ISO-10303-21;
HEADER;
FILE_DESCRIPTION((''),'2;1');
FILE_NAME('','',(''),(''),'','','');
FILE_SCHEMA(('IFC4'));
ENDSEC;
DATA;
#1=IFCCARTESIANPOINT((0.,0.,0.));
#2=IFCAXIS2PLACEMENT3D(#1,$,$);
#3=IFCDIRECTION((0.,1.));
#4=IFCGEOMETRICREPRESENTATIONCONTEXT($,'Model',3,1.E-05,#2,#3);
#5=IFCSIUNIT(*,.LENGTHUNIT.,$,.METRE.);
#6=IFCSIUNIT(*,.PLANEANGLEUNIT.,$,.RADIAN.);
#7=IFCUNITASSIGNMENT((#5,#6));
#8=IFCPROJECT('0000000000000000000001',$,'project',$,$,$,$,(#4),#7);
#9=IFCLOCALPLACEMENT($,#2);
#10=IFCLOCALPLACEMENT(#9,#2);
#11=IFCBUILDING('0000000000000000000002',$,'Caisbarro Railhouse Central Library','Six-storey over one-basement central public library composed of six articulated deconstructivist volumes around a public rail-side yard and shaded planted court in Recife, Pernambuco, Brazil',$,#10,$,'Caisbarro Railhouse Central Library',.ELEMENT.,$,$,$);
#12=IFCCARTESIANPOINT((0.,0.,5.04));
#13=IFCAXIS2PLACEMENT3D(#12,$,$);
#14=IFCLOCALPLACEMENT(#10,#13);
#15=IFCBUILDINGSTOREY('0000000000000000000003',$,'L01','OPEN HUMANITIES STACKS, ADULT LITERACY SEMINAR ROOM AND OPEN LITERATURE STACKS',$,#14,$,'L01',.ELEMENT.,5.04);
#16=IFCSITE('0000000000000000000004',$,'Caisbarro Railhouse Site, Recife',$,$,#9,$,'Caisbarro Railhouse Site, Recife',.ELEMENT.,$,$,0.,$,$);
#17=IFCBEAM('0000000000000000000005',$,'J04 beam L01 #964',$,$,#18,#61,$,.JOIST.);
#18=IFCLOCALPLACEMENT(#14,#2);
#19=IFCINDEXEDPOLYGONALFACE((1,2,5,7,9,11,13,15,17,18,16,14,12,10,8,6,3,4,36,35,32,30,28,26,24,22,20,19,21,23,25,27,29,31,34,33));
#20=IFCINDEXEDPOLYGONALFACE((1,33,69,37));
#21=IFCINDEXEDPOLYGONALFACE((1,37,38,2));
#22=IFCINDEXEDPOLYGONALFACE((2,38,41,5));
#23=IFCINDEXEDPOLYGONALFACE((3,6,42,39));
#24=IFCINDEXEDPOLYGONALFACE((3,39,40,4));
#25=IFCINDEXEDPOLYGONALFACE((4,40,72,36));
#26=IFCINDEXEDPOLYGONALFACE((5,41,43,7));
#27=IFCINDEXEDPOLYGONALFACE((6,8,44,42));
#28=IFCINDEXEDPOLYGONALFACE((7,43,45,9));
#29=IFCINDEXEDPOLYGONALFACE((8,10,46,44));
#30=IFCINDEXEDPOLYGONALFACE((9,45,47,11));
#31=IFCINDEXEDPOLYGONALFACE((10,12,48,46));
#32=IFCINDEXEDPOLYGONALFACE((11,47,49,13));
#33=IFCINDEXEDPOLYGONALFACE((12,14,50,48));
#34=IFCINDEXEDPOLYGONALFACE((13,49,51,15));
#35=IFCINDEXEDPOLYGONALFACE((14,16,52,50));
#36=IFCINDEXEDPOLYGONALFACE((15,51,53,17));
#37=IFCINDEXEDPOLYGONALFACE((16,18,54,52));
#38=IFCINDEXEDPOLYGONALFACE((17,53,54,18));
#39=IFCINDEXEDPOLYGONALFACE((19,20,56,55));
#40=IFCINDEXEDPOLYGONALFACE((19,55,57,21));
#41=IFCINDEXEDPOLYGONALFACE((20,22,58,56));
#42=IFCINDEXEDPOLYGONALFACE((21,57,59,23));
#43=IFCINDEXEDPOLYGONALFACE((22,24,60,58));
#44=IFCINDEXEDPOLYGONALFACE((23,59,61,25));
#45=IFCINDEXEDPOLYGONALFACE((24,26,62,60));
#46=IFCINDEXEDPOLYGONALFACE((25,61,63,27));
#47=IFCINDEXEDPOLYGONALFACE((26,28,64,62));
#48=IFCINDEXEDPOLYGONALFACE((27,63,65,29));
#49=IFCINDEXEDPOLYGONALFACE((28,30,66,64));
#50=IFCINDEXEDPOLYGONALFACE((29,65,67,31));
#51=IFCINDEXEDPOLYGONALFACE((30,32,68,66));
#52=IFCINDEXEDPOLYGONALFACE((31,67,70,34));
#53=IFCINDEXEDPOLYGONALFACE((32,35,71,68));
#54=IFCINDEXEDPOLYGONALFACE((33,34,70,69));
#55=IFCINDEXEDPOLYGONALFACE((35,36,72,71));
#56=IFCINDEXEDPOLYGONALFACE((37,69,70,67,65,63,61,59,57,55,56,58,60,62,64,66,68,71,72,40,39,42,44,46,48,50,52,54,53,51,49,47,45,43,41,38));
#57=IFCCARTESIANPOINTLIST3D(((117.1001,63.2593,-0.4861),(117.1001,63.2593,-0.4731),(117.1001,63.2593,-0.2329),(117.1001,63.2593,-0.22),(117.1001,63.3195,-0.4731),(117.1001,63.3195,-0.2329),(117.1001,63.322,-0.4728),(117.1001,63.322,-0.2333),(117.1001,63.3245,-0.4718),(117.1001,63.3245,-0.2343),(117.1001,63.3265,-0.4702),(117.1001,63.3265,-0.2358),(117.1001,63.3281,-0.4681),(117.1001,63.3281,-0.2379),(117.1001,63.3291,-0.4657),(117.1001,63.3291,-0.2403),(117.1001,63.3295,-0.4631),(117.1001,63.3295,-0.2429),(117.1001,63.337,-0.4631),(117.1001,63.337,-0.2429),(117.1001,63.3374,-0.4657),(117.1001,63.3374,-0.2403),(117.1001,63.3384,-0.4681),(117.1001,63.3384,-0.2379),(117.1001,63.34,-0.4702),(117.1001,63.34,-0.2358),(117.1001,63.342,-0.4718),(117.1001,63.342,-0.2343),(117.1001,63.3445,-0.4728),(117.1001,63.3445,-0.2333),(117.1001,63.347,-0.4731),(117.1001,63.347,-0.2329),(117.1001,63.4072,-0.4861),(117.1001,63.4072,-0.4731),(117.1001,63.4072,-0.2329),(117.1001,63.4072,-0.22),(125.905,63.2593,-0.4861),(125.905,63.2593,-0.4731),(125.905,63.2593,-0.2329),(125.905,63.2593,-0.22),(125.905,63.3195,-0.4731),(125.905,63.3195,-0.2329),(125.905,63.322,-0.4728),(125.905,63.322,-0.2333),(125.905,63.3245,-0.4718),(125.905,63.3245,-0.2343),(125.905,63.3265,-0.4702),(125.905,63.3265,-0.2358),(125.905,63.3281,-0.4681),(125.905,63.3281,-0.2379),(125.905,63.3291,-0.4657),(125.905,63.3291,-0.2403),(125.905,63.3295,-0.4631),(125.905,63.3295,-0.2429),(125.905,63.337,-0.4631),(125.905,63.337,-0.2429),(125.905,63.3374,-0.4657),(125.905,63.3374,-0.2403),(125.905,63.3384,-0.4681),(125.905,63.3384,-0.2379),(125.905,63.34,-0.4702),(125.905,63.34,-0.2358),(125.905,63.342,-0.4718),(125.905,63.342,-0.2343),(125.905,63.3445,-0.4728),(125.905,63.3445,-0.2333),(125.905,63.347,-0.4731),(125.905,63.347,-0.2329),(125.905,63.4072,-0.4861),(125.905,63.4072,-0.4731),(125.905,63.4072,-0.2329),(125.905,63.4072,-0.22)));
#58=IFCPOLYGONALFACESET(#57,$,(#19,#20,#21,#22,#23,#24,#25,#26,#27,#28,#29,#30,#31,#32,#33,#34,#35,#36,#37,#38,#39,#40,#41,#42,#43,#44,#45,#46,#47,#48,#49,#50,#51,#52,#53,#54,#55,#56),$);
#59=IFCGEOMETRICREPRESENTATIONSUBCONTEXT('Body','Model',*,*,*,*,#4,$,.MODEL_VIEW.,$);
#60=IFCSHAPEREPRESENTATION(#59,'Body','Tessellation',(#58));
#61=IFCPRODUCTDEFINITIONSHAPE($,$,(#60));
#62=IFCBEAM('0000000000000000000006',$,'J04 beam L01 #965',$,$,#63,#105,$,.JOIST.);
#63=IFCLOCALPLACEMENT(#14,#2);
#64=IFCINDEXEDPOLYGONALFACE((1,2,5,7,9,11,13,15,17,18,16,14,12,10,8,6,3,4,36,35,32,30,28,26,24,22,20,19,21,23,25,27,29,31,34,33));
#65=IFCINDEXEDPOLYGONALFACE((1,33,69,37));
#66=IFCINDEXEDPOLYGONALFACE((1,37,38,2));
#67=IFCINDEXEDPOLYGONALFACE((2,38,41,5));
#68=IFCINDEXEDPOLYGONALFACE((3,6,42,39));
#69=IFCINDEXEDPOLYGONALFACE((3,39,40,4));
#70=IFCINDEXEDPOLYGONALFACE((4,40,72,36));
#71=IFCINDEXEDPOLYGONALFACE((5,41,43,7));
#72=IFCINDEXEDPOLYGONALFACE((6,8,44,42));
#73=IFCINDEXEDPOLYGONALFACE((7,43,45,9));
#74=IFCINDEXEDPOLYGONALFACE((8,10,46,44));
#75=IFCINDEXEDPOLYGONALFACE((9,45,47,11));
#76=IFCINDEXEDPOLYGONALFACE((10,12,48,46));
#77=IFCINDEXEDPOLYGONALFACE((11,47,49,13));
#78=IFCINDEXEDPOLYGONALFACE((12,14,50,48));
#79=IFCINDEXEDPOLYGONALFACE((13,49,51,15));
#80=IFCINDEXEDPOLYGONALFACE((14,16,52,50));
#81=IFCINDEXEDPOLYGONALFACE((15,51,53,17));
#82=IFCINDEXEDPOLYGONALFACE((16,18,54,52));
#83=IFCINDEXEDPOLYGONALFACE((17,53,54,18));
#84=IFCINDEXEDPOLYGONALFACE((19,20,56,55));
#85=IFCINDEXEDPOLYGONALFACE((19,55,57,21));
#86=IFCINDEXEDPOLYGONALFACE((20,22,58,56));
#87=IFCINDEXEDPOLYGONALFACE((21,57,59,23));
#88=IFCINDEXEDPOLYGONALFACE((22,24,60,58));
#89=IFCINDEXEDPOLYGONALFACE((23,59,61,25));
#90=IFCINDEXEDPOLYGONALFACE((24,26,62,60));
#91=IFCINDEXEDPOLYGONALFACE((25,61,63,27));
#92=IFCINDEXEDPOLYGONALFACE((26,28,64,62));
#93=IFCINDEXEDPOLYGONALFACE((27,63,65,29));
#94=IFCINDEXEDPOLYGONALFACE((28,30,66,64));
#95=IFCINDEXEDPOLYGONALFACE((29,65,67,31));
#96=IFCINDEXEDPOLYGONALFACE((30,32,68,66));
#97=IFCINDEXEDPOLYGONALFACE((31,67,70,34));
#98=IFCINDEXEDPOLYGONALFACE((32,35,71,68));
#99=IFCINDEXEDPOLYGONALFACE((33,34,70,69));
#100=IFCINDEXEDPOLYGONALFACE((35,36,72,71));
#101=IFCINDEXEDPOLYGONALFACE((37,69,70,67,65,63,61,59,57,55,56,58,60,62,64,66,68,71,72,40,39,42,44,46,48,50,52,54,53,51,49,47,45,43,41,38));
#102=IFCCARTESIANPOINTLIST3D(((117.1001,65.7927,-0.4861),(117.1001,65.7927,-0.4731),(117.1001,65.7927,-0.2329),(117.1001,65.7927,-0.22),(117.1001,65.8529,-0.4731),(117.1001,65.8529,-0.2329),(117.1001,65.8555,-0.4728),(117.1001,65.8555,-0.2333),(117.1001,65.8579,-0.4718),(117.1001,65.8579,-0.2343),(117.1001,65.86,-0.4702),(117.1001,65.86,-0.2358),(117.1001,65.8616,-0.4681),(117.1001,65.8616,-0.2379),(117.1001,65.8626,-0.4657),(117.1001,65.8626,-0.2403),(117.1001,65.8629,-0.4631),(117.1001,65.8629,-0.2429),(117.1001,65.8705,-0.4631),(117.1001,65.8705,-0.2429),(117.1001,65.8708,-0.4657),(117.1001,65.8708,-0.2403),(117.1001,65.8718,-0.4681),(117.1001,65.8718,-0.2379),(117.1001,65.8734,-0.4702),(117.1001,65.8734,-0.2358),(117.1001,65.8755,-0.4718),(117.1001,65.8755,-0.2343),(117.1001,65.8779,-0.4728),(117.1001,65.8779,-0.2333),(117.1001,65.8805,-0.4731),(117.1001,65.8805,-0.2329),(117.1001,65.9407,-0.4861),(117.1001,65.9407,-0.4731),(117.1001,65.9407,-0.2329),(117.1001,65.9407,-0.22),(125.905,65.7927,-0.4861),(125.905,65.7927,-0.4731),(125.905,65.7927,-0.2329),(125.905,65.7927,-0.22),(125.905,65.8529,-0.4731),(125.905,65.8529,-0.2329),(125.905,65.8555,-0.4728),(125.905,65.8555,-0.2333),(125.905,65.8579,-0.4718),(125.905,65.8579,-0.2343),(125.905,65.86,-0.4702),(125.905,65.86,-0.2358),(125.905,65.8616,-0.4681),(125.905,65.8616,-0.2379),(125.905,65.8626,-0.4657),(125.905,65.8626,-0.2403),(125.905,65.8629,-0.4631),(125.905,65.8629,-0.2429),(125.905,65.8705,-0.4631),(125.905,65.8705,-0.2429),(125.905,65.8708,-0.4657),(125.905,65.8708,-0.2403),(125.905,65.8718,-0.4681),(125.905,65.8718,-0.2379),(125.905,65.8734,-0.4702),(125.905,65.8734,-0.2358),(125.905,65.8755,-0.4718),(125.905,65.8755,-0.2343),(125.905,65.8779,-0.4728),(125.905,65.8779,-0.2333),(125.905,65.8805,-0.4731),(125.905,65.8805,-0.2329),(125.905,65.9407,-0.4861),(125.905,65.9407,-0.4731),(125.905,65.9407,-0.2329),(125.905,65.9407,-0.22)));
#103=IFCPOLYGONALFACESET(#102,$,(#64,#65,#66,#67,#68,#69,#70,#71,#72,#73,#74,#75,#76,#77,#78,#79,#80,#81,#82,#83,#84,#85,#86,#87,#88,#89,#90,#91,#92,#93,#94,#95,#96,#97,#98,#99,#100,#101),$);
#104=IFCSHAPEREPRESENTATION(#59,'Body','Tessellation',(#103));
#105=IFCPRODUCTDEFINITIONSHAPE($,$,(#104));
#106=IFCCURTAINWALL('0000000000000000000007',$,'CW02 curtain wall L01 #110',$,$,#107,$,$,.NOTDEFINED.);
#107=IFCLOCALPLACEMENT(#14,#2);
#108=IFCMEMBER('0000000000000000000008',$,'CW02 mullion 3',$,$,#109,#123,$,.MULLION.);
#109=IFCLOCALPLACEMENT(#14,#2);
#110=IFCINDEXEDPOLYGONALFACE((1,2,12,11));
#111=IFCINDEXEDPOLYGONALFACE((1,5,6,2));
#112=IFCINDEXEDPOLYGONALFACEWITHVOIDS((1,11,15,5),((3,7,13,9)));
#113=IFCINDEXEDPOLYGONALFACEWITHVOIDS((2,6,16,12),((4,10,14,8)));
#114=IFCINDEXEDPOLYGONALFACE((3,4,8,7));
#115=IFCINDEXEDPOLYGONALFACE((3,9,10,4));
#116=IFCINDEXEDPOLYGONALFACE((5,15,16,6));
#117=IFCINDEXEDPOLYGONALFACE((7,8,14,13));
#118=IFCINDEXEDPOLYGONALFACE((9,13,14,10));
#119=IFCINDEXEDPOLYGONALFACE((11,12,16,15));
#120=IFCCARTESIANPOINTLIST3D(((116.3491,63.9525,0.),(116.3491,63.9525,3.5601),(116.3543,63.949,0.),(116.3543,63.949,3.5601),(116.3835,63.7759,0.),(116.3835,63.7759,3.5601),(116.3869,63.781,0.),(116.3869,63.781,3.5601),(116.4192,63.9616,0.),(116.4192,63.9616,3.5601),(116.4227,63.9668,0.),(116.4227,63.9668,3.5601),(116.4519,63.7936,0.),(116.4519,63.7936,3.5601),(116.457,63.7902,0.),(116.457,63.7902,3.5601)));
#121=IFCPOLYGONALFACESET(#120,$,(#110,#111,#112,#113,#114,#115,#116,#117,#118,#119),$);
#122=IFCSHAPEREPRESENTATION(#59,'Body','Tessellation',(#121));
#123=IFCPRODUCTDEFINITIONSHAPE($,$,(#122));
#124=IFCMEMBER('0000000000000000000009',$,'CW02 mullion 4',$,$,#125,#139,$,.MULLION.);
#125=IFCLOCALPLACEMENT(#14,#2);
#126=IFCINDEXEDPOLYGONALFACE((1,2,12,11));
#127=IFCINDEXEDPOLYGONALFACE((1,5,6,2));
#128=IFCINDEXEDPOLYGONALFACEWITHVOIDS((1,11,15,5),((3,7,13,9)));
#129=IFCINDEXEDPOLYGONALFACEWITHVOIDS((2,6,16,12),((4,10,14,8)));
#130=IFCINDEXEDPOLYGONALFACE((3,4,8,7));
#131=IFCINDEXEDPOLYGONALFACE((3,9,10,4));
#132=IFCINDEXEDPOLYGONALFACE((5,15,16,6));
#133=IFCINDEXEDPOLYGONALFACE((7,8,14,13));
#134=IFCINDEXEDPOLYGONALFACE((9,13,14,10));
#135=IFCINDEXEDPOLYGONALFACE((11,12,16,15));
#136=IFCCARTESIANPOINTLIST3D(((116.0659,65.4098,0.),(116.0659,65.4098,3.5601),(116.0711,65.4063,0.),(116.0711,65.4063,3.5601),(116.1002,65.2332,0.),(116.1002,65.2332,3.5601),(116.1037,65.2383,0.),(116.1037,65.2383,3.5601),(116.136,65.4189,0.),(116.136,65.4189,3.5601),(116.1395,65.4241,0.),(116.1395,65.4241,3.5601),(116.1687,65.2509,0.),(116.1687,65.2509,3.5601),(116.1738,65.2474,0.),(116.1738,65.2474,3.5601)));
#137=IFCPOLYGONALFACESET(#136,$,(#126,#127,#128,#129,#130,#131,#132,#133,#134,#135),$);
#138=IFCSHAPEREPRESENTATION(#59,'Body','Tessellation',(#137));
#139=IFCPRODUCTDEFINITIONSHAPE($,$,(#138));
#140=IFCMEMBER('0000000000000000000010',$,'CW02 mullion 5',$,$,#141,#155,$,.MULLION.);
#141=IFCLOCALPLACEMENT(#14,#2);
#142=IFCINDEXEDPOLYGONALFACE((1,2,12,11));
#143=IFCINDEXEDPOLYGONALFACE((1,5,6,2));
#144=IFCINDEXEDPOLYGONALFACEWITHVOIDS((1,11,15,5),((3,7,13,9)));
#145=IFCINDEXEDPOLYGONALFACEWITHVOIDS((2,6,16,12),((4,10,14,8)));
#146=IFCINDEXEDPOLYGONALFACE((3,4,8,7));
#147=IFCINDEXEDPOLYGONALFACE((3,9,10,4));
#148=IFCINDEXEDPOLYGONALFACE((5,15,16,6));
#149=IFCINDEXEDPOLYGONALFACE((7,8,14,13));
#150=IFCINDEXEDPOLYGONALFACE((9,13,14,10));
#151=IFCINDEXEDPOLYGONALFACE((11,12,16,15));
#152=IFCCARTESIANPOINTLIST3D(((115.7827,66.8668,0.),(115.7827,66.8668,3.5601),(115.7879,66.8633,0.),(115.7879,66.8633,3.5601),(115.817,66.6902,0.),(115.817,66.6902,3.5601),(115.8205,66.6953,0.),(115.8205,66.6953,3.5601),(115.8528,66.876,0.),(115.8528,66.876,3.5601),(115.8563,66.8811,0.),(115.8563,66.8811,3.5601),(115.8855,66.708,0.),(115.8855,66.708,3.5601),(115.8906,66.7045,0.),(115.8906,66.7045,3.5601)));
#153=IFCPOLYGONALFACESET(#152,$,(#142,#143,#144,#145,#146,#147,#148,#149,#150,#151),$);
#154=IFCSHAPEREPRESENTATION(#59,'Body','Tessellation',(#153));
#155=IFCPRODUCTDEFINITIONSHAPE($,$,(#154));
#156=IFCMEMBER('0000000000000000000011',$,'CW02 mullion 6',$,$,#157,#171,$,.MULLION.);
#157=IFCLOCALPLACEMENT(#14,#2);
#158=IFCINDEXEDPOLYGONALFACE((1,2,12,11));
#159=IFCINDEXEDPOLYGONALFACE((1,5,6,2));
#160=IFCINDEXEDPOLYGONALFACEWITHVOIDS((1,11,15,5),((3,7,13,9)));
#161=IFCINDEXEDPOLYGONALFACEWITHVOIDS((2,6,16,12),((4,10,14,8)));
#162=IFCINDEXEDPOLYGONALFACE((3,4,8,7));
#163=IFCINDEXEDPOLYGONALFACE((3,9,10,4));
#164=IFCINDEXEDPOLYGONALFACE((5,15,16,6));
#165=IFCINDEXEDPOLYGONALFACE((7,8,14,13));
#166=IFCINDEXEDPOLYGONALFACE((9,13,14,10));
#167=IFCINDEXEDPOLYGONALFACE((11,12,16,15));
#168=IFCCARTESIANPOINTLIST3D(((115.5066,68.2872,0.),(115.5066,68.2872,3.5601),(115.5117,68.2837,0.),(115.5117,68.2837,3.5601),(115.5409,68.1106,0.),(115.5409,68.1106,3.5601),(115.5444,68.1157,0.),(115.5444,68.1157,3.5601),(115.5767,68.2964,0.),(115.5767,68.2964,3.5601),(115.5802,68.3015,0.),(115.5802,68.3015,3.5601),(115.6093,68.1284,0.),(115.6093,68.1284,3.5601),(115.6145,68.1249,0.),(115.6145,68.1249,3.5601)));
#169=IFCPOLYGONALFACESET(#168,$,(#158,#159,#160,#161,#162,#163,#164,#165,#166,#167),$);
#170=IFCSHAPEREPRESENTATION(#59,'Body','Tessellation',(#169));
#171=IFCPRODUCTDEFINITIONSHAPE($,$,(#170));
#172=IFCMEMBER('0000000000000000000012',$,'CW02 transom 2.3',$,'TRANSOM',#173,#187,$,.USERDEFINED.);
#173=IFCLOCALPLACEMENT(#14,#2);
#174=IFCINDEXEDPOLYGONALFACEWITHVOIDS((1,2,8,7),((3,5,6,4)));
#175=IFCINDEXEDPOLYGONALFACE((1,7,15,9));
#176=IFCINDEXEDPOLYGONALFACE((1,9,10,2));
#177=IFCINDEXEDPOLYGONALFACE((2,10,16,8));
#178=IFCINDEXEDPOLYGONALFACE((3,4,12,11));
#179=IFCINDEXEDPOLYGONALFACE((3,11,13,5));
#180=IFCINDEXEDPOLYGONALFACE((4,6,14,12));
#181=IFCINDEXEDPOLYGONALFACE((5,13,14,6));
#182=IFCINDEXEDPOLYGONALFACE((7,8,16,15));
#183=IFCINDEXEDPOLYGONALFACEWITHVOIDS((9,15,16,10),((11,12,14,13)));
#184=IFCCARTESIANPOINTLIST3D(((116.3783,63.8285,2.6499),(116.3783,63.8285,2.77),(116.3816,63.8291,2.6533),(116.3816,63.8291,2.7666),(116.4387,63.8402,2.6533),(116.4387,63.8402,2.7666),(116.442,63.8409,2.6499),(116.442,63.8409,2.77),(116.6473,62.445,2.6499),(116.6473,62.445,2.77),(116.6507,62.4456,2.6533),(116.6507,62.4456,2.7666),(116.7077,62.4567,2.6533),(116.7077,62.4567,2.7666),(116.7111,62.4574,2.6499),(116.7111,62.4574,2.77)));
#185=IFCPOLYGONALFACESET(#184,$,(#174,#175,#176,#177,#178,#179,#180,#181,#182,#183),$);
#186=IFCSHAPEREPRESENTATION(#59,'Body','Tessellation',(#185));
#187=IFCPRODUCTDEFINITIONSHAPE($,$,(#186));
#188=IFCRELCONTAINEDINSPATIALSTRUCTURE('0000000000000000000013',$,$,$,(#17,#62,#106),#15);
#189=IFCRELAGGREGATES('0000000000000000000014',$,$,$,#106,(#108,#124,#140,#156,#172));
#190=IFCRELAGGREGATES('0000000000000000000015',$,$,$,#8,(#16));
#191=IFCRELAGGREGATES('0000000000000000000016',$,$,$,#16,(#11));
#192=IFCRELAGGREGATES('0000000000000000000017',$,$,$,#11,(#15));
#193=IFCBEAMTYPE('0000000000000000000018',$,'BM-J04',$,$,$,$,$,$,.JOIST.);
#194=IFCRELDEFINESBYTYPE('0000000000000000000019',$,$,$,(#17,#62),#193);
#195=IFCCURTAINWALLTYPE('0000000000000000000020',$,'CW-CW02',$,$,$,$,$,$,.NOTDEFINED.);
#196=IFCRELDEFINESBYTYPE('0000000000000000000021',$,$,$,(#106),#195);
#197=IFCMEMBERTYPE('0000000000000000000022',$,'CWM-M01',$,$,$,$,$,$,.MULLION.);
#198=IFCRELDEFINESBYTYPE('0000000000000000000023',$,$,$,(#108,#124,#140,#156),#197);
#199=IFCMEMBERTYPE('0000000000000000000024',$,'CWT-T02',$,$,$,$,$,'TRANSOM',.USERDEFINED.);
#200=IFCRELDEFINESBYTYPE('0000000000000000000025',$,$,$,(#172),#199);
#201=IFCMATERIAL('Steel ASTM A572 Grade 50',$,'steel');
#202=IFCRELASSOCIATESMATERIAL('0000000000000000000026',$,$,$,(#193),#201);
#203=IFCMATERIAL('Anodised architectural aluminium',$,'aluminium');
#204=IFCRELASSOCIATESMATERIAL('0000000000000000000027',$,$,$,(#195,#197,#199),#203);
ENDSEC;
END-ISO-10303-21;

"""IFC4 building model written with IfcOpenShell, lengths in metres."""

from ifc_helpers import new_model, si_unit, direction, frame, origin, origin_2d, place, context, subcontext, project, spatial, hollow_rectangle, i_section, extrude, material, material_profile, profile_set, type_object, element, aggregate, save


model = new_model("IFC4")

# Units and contexts
model_context = context("Model", 3, precision=1e-05, world=origin(), true_north=direction((0.0, 1.0)))
body_context = subcontext(model_context, "Body", "Model", "MODEL_VIEW")
ifc_project = project(units=[si_unit("LENGTHUNIT", "METRE"), si_unit("PLANEANGLEUNIT", "RADIAN")], contexts=[model_context])

# Site, building, storey
site_placement = place(None, origin())
site = spatial("IfcSite", under=ifc_project, at=site_placement, Name="Caisbarro Railhouse Site, Recife", LongName="Caisbarro Railhouse Site, Recife", CompositionType="ELEMENT", RefElevation=0.0)
building_placement = place(site_placement, origin())
building = spatial("IfcBuilding", under=site, at=building_placement, Name="Caisbarro Railhouse Central Library", Description="Six-storey over one-basement central public library composed of six articulated deconstructivist volumes around a public rail-side yard and shaded planted court in Recife, Pernambuco, Brazil", LongName="Caisbarro Railhouse Central Library", CompositionType="ELEMENT")
storey_placement = place(building_placement, frame((0.0, 0.0, 5.04)))
storey = spatial("IfcBuildingStorey", under=building, at=storey_placement, Name="L01", Description="OPEN HUMANITIES STACKS, ADULT LITERACY SEMINAR ROOM AND OPEN LITERATURE STACKS", LongName="L01", CompositionType="ELEMENT", Elevation=5.04)

# Beams
ifc_material_1 = material(Name="Steel ASTM A572 Grade 50", Category="steel")
ifc_material_profile_1 = material_profile(ifc_material_1, i_section(OverallWidth=0.1479, OverallDepth=0.2661, WebThickness=0.0076, FlangeThickness=0.0129, FilletRadius=0.01, at=origin_2d()), Name="W250X44.8")
ifc_profile_set_1 = profile_set([ifc_material_profile_1], Name="Steel ASTM A572 Grade 50")
beam_type = type_object("IfcBeamType", Name="BM-J04", PredefinedType="JOIST", material=ifc_profile_set_1)
for number, where, z_axis, x_axis, name in (
    (1, (117.1001, 63.3333, -0.353), (1.0, 0.0, 0.0), (0.0, 1.0, 0.0), "J04 beam L01 #964"),
    (2, (117.1001, 65.8667, -0.353), (1.0, 0.0, 0.0), (0.0, 1.0, 0.0), "J04 beam L01 #965"),
):
    element("IfcBeam", number, at=place(storey_placement, frame(where, z_axis=z_axis, x_axis=x_axis)), inside=storey, type_object=beam_type, Name=name, PredefinedType="JOIST", context=body_context, shape_type="SweptSolid", body=[
        extrude(i_section(OverallWidth=0.1479, OverallDepth=0.2661, WebThickness=0.0076, FlangeThickness=0.0129, FilletRadius=0.01, at=origin_2d()), origin(), (0.0, 0.0, 1.0), 8.8049),
    ])

# Curtain wall, members
ifc_material_2 = material(Name="Anodised architectural aluminium", Category="aluminium")
curtain_wall_type = type_object("IfcCurtainWallType", Name="CW-CW02", PredefinedType="NOTDEFINED", material=ifc_material_2)
curtain_wall_placement = place(storey_placement, origin())
curtain_wall = element("IfcCurtainWall", 3, at=curtain_wall_placement, inside=storey, type_object=curtain_wall_type, Name="CW02 curtain wall L01 #110", PredefinedType="NOTDEFINED")
ifc_material_profile_2 = material_profile(ifc_material_2, hollow_rectangle(XDim=0.075, YDim=0.1799, WallThickness=0.0044, at=origin_2d()), Name="ALU-MUL-75X180")
ifc_profile_set_2 = profile_set([ifc_material_profile_2], Name="Anodised architectural aluminium")
member_type_1 = type_object("IfcMemberType", Name="CWM-M01", PredefinedType="MULLION", material=ifc_profile_set_2)
member_1_placement = place(storey_placement, frame((116.4031, 63.8713, 0.0), z_axis=(0.0, 0.0, 1.0), x_axis=(-0.981633, -0.190781, 0.0)))
member_1 = element("IfcMember", 4, at=member_1_placement, type_object=member_type_1, Name="CW02 mullion 3", PredefinedType="MULLION", context=body_context, shape_type="SweptSolid", body=[
    extrude(hollow_rectangle(XDim=0.075, YDim=0.1799, WallThickness=0.0044, at=origin_2d()), origin(), (0.0, 0.0, 1.0), 3.5601),
])
member_2_placement = place(storey_placement, frame((116.1199, 65.3286, 0.0), z_axis=(0.0, 0.0, 1.0), x_axis=(-0.981633, -0.190781, 0.0)))
member_2 = element("IfcMember", 5, at=member_2_placement, type_object=member_type_1, Name="CW02 mullion 4", PredefinedType="MULLION", context=body_context, shape_type="SweptSolid", body=[
    extrude(hollow_rectangle(XDim=0.075, YDim=0.1799, WallThickness=0.0044, at=origin_2d()), origin(), (0.0, 0.0, 1.0), 3.5601),
])
member_3_placement = place(storey_placement, frame((115.8367, 66.7856, 0.0), z_axis=(0.0, 0.0, 1.0), x_axis=(-0.981633, -0.190781, 0.0)))
member_3 = element("IfcMember", 6, at=member_3_placement, type_object=member_type_1, Name="CW02 mullion 5", PredefinedType="MULLION", context=body_context, shape_type="SweptSolid", body=[
    extrude(hollow_rectangle(XDim=0.075, YDim=0.1799, WallThickness=0.0044, at=origin_2d()), origin(), (0.0, 0.0, 1.0), 3.5601),
])
member_4_placement = place(storey_placement, frame((115.5605, 68.2061, 0.0), z_axis=(0.0, 0.0, 1.0), x_axis=(-0.981633, -0.190781, 0.0)))
member_4 = element("IfcMember", 7, at=member_4_placement, type_object=member_type_1, Name="CW02 mullion 6", PredefinedType="MULLION", context=body_context, shape_type="SweptSolid", body=[
    extrude(hollow_rectangle(XDim=0.075, YDim=0.1799, WallThickness=0.0044, at=origin_2d()), origin(), (0.0, 0.0, 1.0), 3.5601),
])
ifc_material_profile_3 = material_profile(ifc_material_2, hollow_rectangle(XDim=0.0649, YDim=0.1201, WallThickness=0.0034, at=origin_2d()), Name="ALU-TRN-65X120")
ifc_profile_set_3 = profile_set([ifc_material_profile_3], Name="Anodised architectural aluminium")
member_type_2 = type_object("IfcMemberType", Name="CWT-T02", ElementType="TRANSOM", PredefinedType="USERDEFINED", material=ifc_profile_set_3)
member_5_placement = place(storey_placement, frame((116.6792, 62.4512, 2.71), z_axis=(-0.190884, 0.981613, 0.0), x_axis=(-0.981613, -0.190884, 0.0)))
member_5 = element("IfcMember", 8, at=member_5_placement, type_object=member_type_2, Name="CW02 transom 2.3", ObjectType="TRANSOM", PredefinedType="USERDEFINED", context=body_context, shape_type="SweptSolid", body=[
    extrude(hollow_rectangle(XDim=0.0649, YDim=0.1201, WallThickness=0.0034, at=origin_2d()), origin(), (0.0, 0.0, 1.0), 1.4094),
])
aggregate(curtain_wall, [member_1, member_2, member_3, member_4, member_5])

save(model, "model.ifc")
